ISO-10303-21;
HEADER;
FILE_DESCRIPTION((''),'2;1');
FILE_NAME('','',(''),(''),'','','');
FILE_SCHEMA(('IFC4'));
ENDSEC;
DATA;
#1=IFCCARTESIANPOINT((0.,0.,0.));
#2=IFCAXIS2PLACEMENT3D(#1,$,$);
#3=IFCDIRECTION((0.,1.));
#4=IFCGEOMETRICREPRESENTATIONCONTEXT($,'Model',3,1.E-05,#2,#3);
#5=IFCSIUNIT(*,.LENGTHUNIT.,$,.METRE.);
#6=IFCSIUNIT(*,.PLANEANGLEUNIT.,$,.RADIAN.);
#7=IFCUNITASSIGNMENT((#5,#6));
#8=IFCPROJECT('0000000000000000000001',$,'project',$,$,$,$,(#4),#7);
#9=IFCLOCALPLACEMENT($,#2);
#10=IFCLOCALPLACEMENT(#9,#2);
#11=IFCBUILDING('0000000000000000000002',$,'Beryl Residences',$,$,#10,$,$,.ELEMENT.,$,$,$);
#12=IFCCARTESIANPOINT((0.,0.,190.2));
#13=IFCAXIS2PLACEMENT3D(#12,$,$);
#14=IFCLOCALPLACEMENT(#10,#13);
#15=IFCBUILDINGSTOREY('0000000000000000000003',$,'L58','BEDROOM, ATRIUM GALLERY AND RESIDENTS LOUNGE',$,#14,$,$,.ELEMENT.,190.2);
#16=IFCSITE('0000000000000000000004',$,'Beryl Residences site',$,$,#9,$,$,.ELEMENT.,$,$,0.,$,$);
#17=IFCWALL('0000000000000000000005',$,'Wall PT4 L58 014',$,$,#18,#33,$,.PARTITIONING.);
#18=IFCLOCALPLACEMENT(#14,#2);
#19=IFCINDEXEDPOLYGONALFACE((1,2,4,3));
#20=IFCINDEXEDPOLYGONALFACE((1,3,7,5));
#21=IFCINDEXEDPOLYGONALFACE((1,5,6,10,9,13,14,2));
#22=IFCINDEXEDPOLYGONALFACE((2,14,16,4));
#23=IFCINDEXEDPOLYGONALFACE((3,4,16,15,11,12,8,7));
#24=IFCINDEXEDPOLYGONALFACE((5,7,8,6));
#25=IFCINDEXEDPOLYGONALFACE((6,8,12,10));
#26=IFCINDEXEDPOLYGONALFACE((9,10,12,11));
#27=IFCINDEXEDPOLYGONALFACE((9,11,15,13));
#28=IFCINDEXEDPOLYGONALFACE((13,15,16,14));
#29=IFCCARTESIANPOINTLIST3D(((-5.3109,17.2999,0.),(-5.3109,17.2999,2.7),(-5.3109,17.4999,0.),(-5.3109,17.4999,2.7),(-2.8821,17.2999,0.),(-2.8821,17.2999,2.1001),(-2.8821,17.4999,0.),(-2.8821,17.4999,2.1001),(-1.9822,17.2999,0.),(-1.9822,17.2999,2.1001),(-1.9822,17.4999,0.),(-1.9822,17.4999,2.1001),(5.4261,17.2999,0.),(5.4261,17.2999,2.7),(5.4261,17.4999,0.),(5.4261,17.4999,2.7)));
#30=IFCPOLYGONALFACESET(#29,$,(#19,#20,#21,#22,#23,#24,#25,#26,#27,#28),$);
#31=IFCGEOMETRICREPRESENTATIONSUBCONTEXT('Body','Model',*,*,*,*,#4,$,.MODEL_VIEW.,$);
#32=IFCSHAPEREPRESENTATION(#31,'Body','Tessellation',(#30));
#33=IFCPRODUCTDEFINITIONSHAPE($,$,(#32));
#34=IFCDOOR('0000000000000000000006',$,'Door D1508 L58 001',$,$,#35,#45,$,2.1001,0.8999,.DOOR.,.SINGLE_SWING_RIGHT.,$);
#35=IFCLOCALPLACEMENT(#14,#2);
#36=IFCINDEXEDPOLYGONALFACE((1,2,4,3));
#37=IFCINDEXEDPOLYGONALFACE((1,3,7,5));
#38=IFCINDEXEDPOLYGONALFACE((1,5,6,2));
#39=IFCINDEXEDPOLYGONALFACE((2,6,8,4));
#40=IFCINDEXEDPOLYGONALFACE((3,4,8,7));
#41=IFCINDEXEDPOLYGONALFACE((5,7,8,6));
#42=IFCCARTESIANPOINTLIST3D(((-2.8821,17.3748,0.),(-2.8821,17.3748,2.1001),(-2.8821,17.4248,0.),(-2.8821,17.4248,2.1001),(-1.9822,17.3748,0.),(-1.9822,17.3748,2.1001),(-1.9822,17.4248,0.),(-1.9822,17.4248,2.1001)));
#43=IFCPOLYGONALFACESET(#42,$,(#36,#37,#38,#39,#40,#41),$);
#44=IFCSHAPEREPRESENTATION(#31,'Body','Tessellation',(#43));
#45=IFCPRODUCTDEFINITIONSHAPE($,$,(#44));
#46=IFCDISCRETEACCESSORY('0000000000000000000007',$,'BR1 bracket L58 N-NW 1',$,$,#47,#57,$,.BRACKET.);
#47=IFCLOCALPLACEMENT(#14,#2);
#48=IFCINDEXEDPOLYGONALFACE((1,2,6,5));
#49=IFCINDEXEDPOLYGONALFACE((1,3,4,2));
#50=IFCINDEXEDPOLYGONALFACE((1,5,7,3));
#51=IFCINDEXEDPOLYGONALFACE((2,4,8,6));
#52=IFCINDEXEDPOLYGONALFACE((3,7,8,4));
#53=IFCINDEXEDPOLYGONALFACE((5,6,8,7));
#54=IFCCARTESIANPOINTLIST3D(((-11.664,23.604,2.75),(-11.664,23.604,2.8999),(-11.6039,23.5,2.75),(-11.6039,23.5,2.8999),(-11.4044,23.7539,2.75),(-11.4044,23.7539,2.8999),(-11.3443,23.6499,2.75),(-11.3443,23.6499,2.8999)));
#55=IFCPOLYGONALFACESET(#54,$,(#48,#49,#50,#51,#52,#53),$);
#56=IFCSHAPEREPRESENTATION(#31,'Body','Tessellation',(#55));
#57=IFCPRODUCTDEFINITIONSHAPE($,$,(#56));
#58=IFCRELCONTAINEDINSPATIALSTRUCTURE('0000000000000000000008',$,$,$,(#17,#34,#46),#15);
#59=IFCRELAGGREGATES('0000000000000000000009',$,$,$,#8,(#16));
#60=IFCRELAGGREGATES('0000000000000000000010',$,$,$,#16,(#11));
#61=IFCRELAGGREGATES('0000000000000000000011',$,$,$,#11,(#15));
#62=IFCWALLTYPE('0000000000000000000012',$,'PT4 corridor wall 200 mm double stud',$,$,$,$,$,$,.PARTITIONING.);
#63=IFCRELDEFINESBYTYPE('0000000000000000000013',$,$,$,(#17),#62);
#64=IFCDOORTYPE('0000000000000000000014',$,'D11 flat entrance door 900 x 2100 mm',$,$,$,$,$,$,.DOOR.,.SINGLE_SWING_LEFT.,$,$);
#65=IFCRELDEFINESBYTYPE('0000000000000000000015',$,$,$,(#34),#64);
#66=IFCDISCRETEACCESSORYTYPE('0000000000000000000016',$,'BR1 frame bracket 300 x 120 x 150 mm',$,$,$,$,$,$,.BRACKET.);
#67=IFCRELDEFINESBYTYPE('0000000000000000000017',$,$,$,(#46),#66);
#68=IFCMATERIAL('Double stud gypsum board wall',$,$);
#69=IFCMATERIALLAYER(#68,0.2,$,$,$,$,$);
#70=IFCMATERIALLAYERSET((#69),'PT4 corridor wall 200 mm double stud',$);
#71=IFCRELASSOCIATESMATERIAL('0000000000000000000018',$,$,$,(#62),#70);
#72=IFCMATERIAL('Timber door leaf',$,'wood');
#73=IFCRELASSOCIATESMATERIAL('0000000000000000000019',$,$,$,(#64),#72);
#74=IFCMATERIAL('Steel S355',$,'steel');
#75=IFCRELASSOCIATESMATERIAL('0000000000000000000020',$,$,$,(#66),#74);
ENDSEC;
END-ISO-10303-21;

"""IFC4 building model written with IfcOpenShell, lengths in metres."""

from ifc_helpers import new_model, si_unit, direction, frame, frame_2d, origin, place, context, subcontext, project, spatial, polyline, rectangle, outline, extrude, source, transform, mapped, material, layer, layer_set, type_object, type_shapes, element, fill, save


model = new_model("IFC4")

# Units and contexts
model_context = context("Model", 3, precision=1e-05, world=origin(), true_north=direction((0.0, 1.0)))
body_context = subcontext(model_context, "Body", "Model", "MODEL_VIEW")
ifc_project = project(units=[si_unit("LENGTHUNIT", "METRE"), si_unit("PLANEANGLEUNIT", "RADIAN")], contexts=[model_context])

# Site, building, storey
site_placement = place(None, origin())
site = spatial("IfcSite", under=ifc_project, at=site_placement, Name="Beryl Residences site", CompositionType="ELEMENT", RefElevation=0.0)
building_placement = place(site_placement, origin())
building = spatial("IfcBuilding", under=site, at=building_placement, Name="Beryl Residences", CompositionType="ELEMENT")
storey_placement = place(building_placement, frame((0.0, 0.0, 190.2)))
storey = spatial("IfcBuildingStorey", under=building, at=storey_placement, Name="L58", Description="BEDROOM, ATRIUM GALLERY AND RESIDENTS LOUNGE", CompositionType="ELEMENT", Elevation=190.2)

# Wall, opening, door
ifc_material_1 = material(Name="Double stud gypsum board wall")
ifc_layer_1 = layer(ifc_material_1, 0.2)
ifc_layer_set_1 = layer_set([ifc_layer_1], Name="PT4 corridor wall 200 mm double stud")
wall_type_1 = type_object("IfcWallType", Name="PT4 corridor wall 200 mm double stud", PredefinedType="PARTITIONING", material=ifc_layer_set_1)
wall_1_placement = place(storey_placement, frame((-5.311, 17.3999, 0.0), z_axis=(0.0, 0.0, 1.0), x_axis=(1.0, 0.0, 0.0)))
wall_1 = element("IfcWall", 1, at=wall_1_placement, inside=storey, type_object=wall_type_1, Name="Wall PT4 L58 014", PredefinedType="PARTITIONING", context=body_context, shape_type="SweptSolid", body=[
    extrude(rectangle(XDim=10.7371, YDim=0.2, at=frame_2d((5.3687, 0.0))), origin(), (0.0, 0.0, 1.0), 2.7),
])
opening_1_placement = place(wall_1_placement, frame((2.429, 0.0, 0.0)))
opening_1 = element("IfcOpeningElement", 2, at=opening_1_placement, cuts=wall_1, PredefinedType="OPENING", context=body_context, shape_type="SweptSolid", body=[
    extrude(rectangle(XDim=0.8999, YDim=2.1001, at=frame_2d((0.45, 1.05))), frame((0.0, 0.1099, 0.0), z_axis=(0.0, -1.0, 0.0), x_axis=(1.0, 0.0, 0.0)), (0.0, 0.0, 1.0), 0.22),
])
ifc_material_2 = material(Name="Timber door leaf", Category="wood")
door_type_1 = type_object("IfcDoorType", Name="D11 flat entrance door 900 x 2100 mm", OperationType="SINGLE_SWING_LEFT", PredefinedType="DOOR", material=ifc_material_2)
door_1_placement = place(opening_1_placement, origin())
door_1 = element("IfcDoor", 3, at=door_1_placement, inside=storey, type_object=door_type_1, Name="Door D1508 L58 001", OperationType="SINGLE_SWING_RIGHT", OverallHeight=2.1001, OverallWidth=0.8999, PredefinedType="DOOR", context=body_context, shape_type="SweptSolid", body=[
    extrude(rectangle(XDim=0.8999, YDim=2.1001, at=frame_2d((0.45, 1.05))), frame((0.0, 0.0249, 0.0), z_axis=(0.0, -1.0, 0.0), x_axis=(1.0, 0.0, 0.0)), (0.0, 0.0, 1.0), 0.05),
])
fill(opening_1, door_1)

# Discrete accessory
ifc_material_3 = material(Name="Steel S355", Category="steel")
discrete_accessory_type = type_object("IfcDiscreteAccessoryType", Name="BR1 frame bracket 300 x 120 x 150 mm", PredefinedType="BRACKET", material=ifc_material_3)
shared_shape_1 = source(origin(), body_context, "Body", "SweptSolid", [
    extrude(outline(polyline([(-0.1499, 0.0), (0.1499, 0.0), (0.1499, 0.1201), (-0.1499, 0.1201), (-0.1499, 0.0)])), origin(), (0.0, 0.0, 1.0), 0.1499),
])
type_shapes(discrete_accessory_type, [shared_shape_1])
discrete_accessory_placement = place(storey_placement, frame((-11.4741, 23.575, 2.75), z_axis=(0.0, 0.0, 1.0), x_axis=(0.866025, 0.5, 0.0)))
element("IfcDiscreteAccessory", 4, at=discrete_accessory_placement, inside=storey, type_object=discrete_accessory_type, Name="BR1 bracket L58 N-NW 1", PredefinedType="BRACKET", context=body_context, shape_type="MappedRepresentation", body=[
    mapped(shared_shape_1, transform((0.0, 0.0, 0.0))),
])

save(model, "model.ifc")
